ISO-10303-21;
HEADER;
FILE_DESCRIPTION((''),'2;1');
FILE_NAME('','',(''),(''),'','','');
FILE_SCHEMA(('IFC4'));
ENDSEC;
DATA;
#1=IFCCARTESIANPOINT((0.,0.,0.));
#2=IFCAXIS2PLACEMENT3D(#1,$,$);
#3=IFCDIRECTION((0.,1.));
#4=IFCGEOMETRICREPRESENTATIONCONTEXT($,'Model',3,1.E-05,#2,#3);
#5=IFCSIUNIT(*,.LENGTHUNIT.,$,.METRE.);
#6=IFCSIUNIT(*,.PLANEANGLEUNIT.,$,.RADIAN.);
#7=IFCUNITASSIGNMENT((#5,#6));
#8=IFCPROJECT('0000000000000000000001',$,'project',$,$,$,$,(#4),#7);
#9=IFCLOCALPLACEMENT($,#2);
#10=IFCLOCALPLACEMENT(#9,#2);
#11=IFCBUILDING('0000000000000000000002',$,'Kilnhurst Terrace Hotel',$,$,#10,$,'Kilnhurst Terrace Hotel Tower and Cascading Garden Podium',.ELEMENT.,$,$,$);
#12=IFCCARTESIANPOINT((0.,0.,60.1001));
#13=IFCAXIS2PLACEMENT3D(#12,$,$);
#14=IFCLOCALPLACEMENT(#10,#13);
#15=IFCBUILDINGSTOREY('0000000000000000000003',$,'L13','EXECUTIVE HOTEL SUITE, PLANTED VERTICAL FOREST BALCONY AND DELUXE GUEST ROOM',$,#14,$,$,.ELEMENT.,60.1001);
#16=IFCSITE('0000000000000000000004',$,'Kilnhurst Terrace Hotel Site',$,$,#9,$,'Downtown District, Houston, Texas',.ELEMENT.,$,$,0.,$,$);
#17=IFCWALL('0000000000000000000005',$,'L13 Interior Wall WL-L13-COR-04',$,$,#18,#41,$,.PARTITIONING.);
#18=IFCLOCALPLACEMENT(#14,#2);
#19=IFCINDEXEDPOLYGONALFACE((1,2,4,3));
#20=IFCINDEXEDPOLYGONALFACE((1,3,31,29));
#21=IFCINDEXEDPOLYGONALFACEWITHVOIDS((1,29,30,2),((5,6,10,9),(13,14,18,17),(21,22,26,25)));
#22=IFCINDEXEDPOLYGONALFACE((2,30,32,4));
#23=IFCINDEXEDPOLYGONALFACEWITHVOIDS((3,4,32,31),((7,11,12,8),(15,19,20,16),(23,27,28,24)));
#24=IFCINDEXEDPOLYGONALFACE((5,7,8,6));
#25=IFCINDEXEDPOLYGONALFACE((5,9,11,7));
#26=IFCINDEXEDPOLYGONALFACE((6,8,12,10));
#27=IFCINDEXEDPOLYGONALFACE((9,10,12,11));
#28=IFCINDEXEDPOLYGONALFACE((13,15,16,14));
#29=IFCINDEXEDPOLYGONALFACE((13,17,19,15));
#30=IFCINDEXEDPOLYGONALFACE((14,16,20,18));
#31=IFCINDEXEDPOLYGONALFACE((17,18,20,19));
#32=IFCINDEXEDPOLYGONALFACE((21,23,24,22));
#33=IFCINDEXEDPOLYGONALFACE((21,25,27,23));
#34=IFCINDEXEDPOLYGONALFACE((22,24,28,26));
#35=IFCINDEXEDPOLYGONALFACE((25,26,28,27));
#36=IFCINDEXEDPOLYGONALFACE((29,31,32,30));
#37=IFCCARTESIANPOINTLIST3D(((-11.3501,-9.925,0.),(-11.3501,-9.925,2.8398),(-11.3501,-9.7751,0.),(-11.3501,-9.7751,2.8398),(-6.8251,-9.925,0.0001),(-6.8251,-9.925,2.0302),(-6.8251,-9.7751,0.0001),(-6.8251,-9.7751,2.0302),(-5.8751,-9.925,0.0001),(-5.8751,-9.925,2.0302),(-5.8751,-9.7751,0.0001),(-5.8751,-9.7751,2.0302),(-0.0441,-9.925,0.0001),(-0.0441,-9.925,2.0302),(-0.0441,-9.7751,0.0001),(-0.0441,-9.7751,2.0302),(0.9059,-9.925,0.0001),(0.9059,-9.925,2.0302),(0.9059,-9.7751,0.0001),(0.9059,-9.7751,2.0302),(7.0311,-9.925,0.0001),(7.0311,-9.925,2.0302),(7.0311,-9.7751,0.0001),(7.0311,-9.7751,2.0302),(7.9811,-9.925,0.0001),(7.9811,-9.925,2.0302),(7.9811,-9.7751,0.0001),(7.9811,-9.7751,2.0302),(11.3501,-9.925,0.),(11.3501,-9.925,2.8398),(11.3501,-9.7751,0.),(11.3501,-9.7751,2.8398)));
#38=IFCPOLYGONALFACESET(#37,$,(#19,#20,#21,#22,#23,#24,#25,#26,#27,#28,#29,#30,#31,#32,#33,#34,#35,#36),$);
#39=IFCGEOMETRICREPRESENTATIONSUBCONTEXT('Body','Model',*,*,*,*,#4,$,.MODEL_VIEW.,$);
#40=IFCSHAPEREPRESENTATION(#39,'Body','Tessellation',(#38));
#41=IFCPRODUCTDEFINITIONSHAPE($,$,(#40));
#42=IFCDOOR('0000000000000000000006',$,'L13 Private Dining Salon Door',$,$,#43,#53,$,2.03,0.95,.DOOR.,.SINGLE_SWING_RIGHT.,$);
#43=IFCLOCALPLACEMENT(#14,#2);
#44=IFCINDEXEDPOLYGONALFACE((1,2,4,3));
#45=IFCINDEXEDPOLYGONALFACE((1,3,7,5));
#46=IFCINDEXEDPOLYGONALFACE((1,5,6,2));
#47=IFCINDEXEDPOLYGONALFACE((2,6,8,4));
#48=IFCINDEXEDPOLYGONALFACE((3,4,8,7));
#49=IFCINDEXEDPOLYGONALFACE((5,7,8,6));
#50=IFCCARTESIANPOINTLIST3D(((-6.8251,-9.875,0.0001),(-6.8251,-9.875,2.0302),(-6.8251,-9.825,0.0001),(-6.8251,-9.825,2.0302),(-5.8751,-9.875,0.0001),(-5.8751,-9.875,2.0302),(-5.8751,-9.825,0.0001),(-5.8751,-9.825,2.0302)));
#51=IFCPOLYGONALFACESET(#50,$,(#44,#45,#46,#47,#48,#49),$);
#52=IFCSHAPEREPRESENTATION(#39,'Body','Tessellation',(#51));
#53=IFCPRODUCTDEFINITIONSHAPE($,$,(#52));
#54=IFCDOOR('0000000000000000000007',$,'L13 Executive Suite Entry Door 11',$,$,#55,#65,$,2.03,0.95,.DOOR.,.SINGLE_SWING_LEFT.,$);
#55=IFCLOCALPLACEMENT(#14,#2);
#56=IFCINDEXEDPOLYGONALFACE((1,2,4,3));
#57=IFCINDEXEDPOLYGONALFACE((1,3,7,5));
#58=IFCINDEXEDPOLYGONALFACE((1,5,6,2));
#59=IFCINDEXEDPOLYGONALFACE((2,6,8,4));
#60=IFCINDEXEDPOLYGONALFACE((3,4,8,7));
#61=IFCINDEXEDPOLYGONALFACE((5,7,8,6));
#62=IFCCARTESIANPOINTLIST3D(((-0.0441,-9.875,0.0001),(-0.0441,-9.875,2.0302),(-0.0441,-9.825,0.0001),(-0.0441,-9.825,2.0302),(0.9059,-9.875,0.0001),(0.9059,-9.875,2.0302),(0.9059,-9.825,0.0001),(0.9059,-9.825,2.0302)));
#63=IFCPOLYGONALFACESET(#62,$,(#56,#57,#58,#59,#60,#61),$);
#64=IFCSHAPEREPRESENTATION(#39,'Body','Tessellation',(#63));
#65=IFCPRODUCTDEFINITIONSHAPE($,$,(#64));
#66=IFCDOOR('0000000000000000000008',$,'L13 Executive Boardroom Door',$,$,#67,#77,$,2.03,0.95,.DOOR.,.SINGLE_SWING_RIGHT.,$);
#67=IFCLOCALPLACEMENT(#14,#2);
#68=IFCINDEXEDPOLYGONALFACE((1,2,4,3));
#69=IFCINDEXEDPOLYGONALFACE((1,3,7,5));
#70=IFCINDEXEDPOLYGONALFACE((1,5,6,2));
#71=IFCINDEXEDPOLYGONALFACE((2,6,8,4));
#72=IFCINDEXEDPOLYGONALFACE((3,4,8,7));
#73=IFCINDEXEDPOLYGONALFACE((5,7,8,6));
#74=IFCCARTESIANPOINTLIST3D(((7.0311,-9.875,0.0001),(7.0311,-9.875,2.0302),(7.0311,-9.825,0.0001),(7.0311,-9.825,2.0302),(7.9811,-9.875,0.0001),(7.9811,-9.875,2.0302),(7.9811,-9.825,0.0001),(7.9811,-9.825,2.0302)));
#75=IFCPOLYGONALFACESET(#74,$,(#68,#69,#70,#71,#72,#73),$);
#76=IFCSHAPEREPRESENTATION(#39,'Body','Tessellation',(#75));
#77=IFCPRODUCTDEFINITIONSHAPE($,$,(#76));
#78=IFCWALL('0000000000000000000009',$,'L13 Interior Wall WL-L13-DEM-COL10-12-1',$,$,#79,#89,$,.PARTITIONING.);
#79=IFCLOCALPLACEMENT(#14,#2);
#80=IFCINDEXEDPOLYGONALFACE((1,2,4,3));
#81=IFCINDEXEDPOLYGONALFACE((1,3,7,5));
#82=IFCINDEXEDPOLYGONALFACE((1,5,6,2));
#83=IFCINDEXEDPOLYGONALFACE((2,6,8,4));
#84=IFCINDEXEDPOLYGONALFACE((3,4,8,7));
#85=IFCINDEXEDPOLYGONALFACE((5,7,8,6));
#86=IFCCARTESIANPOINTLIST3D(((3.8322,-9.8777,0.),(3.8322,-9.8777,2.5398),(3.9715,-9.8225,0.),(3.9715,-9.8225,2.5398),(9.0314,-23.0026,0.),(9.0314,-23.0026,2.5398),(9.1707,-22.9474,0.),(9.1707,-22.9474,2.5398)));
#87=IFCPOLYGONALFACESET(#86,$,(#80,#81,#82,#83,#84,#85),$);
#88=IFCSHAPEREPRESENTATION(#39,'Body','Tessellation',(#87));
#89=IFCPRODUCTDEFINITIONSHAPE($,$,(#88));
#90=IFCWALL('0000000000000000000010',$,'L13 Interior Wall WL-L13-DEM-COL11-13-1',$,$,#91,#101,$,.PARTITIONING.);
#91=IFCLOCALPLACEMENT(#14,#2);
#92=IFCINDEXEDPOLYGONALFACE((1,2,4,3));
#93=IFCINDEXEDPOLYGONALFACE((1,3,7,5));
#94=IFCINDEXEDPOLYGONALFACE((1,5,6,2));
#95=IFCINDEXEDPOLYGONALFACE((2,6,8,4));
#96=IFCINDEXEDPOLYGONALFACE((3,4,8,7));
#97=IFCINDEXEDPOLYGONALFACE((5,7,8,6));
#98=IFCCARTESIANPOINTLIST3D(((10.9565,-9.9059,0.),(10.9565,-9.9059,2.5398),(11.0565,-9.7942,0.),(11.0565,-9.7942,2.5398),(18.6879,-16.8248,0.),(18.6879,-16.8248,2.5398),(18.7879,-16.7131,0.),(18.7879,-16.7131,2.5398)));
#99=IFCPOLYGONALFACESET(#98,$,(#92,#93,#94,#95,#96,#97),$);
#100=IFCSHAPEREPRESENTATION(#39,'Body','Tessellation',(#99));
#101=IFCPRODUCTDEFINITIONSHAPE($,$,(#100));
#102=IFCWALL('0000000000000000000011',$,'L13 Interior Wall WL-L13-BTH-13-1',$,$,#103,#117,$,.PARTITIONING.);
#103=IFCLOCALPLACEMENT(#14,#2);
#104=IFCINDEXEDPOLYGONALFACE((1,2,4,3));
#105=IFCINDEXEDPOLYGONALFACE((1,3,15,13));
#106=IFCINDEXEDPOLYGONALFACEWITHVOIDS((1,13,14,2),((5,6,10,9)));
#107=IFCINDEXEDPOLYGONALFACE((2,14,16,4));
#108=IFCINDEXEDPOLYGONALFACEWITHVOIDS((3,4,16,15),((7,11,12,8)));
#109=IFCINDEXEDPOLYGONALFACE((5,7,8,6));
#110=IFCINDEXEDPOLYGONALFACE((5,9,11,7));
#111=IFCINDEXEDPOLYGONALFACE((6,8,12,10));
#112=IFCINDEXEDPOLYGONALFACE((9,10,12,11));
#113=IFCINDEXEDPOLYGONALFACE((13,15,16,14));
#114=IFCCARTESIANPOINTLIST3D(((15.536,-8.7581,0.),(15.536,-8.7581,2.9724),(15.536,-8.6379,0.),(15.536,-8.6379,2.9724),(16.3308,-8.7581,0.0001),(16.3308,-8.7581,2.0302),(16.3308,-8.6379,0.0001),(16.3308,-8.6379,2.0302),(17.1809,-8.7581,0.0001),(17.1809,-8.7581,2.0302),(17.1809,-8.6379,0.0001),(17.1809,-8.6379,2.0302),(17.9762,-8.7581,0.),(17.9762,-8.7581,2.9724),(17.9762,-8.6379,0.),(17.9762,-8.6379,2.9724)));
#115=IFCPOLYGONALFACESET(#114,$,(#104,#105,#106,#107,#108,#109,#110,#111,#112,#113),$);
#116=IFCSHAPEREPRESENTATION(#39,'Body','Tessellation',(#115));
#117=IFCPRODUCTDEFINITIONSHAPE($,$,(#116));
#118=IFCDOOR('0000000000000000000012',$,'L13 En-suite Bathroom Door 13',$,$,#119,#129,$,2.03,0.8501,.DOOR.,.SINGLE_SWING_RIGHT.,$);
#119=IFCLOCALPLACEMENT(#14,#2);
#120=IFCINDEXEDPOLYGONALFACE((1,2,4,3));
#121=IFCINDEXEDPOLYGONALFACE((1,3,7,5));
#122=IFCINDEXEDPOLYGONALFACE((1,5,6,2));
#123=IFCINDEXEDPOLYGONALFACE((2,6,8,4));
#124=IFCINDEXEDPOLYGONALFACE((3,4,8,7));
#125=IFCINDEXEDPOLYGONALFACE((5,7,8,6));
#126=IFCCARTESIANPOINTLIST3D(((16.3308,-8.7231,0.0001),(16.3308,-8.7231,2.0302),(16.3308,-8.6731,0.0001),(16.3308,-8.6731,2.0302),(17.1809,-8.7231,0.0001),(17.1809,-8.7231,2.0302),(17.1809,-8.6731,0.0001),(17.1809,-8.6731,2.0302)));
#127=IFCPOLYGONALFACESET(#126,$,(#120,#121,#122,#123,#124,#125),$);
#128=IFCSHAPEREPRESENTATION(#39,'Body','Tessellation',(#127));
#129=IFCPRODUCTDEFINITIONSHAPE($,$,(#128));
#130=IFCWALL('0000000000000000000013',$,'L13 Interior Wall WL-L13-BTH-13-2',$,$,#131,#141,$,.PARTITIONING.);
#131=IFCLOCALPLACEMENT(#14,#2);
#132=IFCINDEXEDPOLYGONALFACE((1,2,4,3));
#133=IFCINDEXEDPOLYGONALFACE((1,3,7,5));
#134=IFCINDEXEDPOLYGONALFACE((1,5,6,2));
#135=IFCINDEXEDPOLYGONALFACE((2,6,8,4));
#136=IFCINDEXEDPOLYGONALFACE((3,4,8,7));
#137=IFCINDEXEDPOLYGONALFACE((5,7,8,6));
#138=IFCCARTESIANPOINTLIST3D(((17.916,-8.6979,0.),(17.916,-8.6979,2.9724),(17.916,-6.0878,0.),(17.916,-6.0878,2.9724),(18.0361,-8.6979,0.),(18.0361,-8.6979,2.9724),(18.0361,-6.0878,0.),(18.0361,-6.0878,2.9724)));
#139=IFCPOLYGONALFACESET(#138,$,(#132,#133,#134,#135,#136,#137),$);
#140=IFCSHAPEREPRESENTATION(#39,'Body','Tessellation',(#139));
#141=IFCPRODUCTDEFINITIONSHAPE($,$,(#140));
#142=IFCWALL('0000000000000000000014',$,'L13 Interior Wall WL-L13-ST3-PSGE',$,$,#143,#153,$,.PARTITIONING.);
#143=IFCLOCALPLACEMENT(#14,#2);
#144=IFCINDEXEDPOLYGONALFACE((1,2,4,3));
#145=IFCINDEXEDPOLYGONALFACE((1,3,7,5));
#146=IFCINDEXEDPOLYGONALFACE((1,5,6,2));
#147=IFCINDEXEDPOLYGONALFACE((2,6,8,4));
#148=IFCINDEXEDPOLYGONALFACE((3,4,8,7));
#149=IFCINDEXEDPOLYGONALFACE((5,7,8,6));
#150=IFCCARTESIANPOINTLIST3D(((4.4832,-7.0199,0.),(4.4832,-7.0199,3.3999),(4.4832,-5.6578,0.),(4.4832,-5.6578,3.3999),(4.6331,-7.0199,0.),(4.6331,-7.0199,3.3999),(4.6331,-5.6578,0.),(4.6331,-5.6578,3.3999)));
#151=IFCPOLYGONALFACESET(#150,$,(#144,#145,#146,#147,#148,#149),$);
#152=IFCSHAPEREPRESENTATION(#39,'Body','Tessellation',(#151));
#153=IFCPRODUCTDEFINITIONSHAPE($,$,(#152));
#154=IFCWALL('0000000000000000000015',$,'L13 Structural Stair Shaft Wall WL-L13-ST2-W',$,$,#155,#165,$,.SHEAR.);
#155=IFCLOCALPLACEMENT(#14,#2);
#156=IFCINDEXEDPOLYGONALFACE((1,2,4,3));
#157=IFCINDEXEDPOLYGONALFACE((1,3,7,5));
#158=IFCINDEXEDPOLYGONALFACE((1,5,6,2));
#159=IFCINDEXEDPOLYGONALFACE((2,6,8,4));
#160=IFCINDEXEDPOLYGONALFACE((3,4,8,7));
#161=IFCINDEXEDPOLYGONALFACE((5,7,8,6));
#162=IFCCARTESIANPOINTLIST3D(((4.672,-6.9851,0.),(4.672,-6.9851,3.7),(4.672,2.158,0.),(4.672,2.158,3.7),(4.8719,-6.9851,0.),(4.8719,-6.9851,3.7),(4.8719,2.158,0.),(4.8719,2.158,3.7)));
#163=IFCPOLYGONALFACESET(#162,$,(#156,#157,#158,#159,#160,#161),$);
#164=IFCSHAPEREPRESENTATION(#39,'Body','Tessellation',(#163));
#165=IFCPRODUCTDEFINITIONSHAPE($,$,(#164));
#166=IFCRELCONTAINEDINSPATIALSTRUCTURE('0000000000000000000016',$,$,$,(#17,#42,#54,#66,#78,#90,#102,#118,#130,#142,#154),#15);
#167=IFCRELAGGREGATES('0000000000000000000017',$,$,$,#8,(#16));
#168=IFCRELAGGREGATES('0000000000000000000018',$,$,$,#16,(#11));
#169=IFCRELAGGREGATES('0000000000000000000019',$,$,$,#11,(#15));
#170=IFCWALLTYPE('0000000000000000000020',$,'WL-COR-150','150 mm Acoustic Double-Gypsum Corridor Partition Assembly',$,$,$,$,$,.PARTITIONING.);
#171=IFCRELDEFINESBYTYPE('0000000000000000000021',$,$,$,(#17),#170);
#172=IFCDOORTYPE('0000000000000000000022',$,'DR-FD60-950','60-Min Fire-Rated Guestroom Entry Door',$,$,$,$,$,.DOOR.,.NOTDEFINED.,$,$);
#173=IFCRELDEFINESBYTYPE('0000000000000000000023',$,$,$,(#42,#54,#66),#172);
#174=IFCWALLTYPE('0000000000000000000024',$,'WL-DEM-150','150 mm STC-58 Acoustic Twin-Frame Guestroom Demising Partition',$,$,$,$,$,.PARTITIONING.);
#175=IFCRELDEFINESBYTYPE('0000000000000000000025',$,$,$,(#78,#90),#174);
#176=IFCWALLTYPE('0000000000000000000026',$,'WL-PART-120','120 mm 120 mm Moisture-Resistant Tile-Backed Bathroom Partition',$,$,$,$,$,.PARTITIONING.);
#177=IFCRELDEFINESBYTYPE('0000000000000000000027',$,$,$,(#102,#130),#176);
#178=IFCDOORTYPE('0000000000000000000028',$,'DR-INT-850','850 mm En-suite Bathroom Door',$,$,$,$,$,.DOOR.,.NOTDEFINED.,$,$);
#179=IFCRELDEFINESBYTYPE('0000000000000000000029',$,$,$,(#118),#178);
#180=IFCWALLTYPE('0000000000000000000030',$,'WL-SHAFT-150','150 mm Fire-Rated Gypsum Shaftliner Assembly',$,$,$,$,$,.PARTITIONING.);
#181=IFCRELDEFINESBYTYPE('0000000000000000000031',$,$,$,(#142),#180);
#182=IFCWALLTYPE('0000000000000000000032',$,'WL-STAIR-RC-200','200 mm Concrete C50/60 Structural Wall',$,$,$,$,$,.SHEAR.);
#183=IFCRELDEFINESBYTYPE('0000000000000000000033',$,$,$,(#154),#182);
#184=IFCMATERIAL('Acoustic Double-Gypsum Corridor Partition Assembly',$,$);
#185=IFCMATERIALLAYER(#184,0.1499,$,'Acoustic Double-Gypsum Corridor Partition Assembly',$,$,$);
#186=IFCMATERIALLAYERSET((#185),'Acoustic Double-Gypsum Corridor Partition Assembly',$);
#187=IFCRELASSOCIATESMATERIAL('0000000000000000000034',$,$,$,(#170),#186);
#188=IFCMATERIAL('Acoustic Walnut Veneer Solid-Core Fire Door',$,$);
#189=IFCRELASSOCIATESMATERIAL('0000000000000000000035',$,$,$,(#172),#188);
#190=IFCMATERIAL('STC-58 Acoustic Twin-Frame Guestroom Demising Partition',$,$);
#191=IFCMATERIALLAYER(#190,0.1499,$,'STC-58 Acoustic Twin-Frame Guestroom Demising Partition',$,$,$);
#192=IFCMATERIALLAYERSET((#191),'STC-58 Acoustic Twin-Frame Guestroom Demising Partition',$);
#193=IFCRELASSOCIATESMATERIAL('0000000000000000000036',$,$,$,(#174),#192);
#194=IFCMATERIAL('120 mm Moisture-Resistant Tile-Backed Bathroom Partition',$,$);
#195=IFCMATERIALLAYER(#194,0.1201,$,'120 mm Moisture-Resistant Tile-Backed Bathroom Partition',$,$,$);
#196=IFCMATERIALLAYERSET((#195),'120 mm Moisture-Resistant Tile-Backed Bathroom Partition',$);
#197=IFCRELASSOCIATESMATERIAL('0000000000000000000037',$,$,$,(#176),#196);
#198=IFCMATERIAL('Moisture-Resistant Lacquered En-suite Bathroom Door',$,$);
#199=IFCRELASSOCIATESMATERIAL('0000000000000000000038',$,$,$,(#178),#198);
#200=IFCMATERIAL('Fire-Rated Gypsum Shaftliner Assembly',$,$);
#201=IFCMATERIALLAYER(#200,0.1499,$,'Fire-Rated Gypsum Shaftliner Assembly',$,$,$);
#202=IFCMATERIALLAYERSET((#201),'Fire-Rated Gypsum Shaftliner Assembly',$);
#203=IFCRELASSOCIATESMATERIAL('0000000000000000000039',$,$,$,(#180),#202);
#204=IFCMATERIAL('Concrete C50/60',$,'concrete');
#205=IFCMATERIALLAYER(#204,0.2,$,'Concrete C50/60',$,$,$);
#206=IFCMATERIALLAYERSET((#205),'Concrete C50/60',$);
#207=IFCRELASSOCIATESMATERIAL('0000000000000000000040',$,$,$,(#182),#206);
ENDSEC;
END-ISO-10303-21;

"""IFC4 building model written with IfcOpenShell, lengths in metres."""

from ifc_helpers import new_model, si_unit, direction, frame, frame_2d, origin, place, context, subcontext, project, spatial, rectangle, extrude, material, layer, layer_set, type_object, element, fill, save


model = new_model("IFC4")

# Units and contexts
model_context = context("Model", 3, precision=1e-05, world=origin(), true_north=direction((0.0, 1.0)))
body_context = subcontext(model_context, "Body", "Model", "MODEL_VIEW")
ifc_project = project(units=[si_unit("LENGTHUNIT", "METRE"), si_unit("PLANEANGLEUNIT", "RADIAN")], contexts=[model_context])

# Site, building, storey
site_placement = place(None, origin())
site = spatial("IfcSite", under=ifc_project, at=site_placement, Name="Kilnhurst Terrace Hotel Site", LongName="Downtown District, Houston, Texas", CompositionType="ELEMENT", RefElevation=0.0)
building_placement = place(site_placement, origin())
building = spatial("IfcBuilding", under=site, at=building_placement, Name="Kilnhurst Terrace Hotel", LongName="Kilnhurst Terrace Hotel Tower and Cascading Garden Podium", CompositionType="ELEMENT")
storey_placement = place(building_placement, frame((0.0, 0.0, 60.1001)))
storey = spatial("IfcBuildingStorey", under=building, at=storey_placement, Name="L13", Description="EXECUTIVE HOTEL SUITE, PLANTED VERTICAL FOREST BALCONY AND DELUXE GUEST ROOM", CompositionType="ELEMENT", Elevation=60.1001)

# Shared definitions
ifc_material_1 = material(Name="Concrete C50/60", Category="concrete")

# Wall, openings, doors
ifc_material_2 = material(Name="Acoustic Double-Gypsum Corridor Partition Assembly")
ifc_layer_1 = layer(ifc_material_2, 0.1499, Name="Acoustic Double-Gypsum Corridor Partition Assembly")
ifc_layer_set_1 = layer_set([ifc_layer_1], Name="Acoustic Double-Gypsum Corridor Partition Assembly")
wall_type_1 = type_object("IfcWallType", Name="WL-COR-150", Description="150 mm Acoustic Double-Gypsum Corridor Partition Assembly", PredefinedType="PARTITIONING", material=ifc_layer_set_1)
wall_1_placement = place(storey_placement, frame((11.3501, -9.8501, 0.0), z_axis=(0.0, 0.0, 1.0), x_axis=(-1.0, 0.0, 0.0)))
wall_1 = element("IfcWall", 1, at=wall_1_placement, inside=storey, type_object=wall_type_1, Name="L13 Interior Wall WL-L13-COR-04", PredefinedType="PARTITIONING", context=body_context, shape_type="SweptSolid", body=[
    extrude(rectangle(XDim=22.7002, YDim=0.1499, at=frame_2d((11.3501, 0.0))), origin(), (0.0, 0.0, 1.0), 2.8398),
])
opening_1_placement = place(wall_1_placement, frame((17.2251, 0.0, 0.0)))
opening_1 = element("IfcOpeningElement", 2, at=opening_1_placement, cuts=wall_1, PredefinedType="OPENING", context=body_context, shape_type="SweptSolid", body=[
    extrude(rectangle(XDim=0.95, YDim=2.03, at=frame_2d((0.4751, 1.0151))), frame((0.0, 0.085, 0.0), z_axis=(0.0, -1.0, 0.0), x_axis=(1.0, 0.0, 0.0)), (0.0, 0.0, 1.0), 0.1699),
])
opening_2_placement = place(wall_1_placement, frame((10.4441, 0.0, 0.0)))
opening_2 = element("IfcOpeningElement", 3, at=opening_2_placement, cuts=wall_1, PredefinedType="OPENING", context=body_context, shape_type="SweptSolid", body=[
    extrude(rectangle(XDim=0.95, YDim=2.03, at=frame_2d((0.4751, 1.0151))), frame((0.0, 0.085, 0.0), z_axis=(0.0, -1.0, 0.0), x_axis=(1.0, 0.0, 0.0)), (0.0, 0.0, 1.0), 0.1699),
])
opening_3_placement = place(wall_1_placement, frame((3.3689, 0.0, 0.0)))
opening_3 = element("IfcOpeningElement", 4, at=opening_3_placement, cuts=wall_1, PredefinedType="OPENING", context=body_context, shape_type="SweptSolid", body=[
    extrude(rectangle(XDim=0.95, YDim=2.03, at=frame_2d((0.4751, 1.0151))), frame((0.0, 0.085, 0.0), z_axis=(0.0, -1.0, 0.0), x_axis=(1.0, 0.0, 0.0)), (0.0, 0.0, 1.0), 0.1699),
])
ifc_material_3 = material(Name="Acoustic Walnut Veneer Solid-Core Fire Door")
door_type_1 = type_object("IfcDoorType", Name="DR-FD60-950", Description="60-Min Fire-Rated Guestroom Entry Door", OperationType="NOTDEFINED", PredefinedType="DOOR", material=ifc_material_3)
door_1_placement = place(opening_1_placement, origin())
door_1 = element("IfcDoor", 5, at=door_1_placement, inside=storey, type_object=door_type_1, Name="L13 Private Dining Salon Door", OperationType="SINGLE_SWING_RIGHT", OverallHeight=2.03, OverallWidth=0.95, PredefinedType="DOOR", context=body_context, shape_type="SweptSolid", body=[
    extrude(rectangle(XDim=0.95, YDim=2.03, at=frame_2d((0.4751, 1.0151))), frame((0.0, 0.0249, 0.0), z_axis=(0.0, -1.0, 0.0), x_axis=(1.0, 0.0, 0.0)), (0.0, 0.0, 1.0), 0.05),
])
fill(opening_1, door_1)
door_2_placement = place(opening_2_placement, origin())
door_2 = element("IfcDoor", 6, at=door_2_placement, inside=storey, type_object=door_type_1, Name="L13 Executive Suite Entry Door 11", OperationType="SINGLE_SWING_LEFT", OverallHeight=2.03, OverallWidth=0.95, PredefinedType="DOOR", context=body_context, shape_type="SweptSolid", body=[
    extrude(rectangle(XDim=0.95, YDim=2.03, at=frame_2d((0.4751, 1.0151))), frame((0.0, 0.0249, 0.0), z_axis=(0.0, -1.0, 0.0), x_axis=(1.0, 0.0, 0.0)), (0.0, 0.0, 1.0), 0.05),
])
fill(opening_2, door_2)
door_3_placement = place(opening_3_placement, origin())
door_3 = element("IfcDoor", 7, at=door_3_placement, inside=storey, type_object=door_type_1, Name="L13 Executive Boardroom Door", OperationType="SINGLE_SWING_RIGHT", OverallHeight=2.03, OverallWidth=0.95, PredefinedType="DOOR", context=body_context, shape_type="SweptSolid", body=[
    extrude(rectangle(XDim=0.95, YDim=2.03, at=frame_2d((0.4751, 1.0151))), frame((0.0, 0.0249, 0.0), z_axis=(0.0, -1.0, 0.0), x_axis=(1.0, 0.0, 0.0)), (0.0, 0.0, 1.0), 0.05),
])
fill(opening_3, door_3)

# Walls
ifc_material_4 = material(Name="STC-58 Acoustic Twin-Frame Guestroom Demising Partition")
ifc_layer_2 = layer(ifc_material_4, 0.1499, Name="STC-58 Acoustic Twin-Frame Guestroom Demising Partition")
ifc_layer_set_2 = layer_set([ifc_layer_2], Name="STC-58 Acoustic Twin-Frame Guestroom Demising Partition")
wall_type_2 = type_object("IfcWallType", Name="WL-DEM-150", Description="150 mm STC-58 Acoustic Twin-Frame Guestroom Demising Partition", PredefinedType="PARTITIONING", material=ifc_layer_set_2)
wall_2_placement = place(storey_placement, frame((3.9019, -9.8501, 0.0), z_axis=(0.0, 0.0, 1.0), x_axis=(0.368288, -0.929712, 0.0)))
element("IfcWall", 8, at=wall_2_placement, inside=storey, type_object=wall_type_2, Name="L13 Interior Wall WL-L13-DEM-COL10-12-1", PredefinedType="PARTITIONING", context=body_context, shape_type="SweptSolid", body=[
    extrude(rectangle(XDim=14.1172, YDim=0.1499, at=frame_2d((7.0586, 0.0))), origin(), (0.0, 0.0, 1.0), 2.5398),
])
wall_3_placement = place(storey_placement, frame((11.0066, -9.8501, 0.0), z_axis=(0.0, 0.0, 1.0), x_axis=(0.745177, -0.666866, 0.0)))
element("IfcWall", 9, at=wall_3_placement, inside=storey, type_object=wall_type_2, Name="L13 Interior Wall WL-L13-DEM-COL11-13-1", PredefinedType="PARTITIONING", context=body_context, shape_type="SweptSolid", body=[
    extrude(rectangle(XDim=10.3752, YDim=0.1499, at=frame_2d((5.1875, 0.0))), origin(), (0.0, 0.0, 1.0), 2.5398),
])

# Wall, opening, door
ifc_material_5 = material(Name="120 mm Moisture-Resistant Tile-Backed Bathroom Partition")
ifc_layer_3 = layer(ifc_material_5, 0.1201, Name="120 mm Moisture-Resistant Tile-Backed Bathroom Partition")
ifc_layer_set_3 = layer_set([ifc_layer_3], Name="120 mm Moisture-Resistant Tile-Backed Bathroom Partition")
wall_type_3 = type_object("IfcWallType", Name="WL-PART-120", Description="120 mm 120 mm Moisture-Resistant Tile-Backed Bathroom Partition", PredefinedType="PARTITIONING", material=ifc_layer_set_3)
wall_4_placement = place(storey_placement, frame((15.5359, -8.698, 0.0), z_axis=(0.0, 0.0, 1.0), x_axis=(1.0, 0.0, 0.0)))
wall_4 = element("IfcWall", 10, at=wall_4_placement, inside=storey, type_object=wall_type_3, Name="L13 Interior Wall WL-L13-BTH-13-1", PredefinedType="PARTITIONING", context=body_context, shape_type="SweptSolid", body=[
    extrude(rectangle(XDim=2.4402, YDim=0.1201, at=frame_2d((1.2202, 0.0))), origin(), (0.0, 0.0, 1.0), 2.9724),
])
opening_4_placement = place(wall_4_placement, frame((0.7949, 0.0, 0.0)))
opening_4 = element("IfcOpeningElement", 11, at=opening_4_placement, cuts=wall_4, PredefinedType="OPENING", context=body_context, shape_type="SweptSolid", body=[
    extrude(rectangle(XDim=0.8501, YDim=2.03, at=frame_2d((0.425, 1.0151))), frame((0.0, 0.0701, 0.0), z_axis=(0.0, -1.0, 0.0), x_axis=(1.0, 0.0, 0.0)), (0.0, 0.0, 1.0), 0.1401),
])
ifc_material_6 = material(Name="Moisture-Resistant Lacquered En-suite Bathroom Door")
door_type_2 = type_object("IfcDoorType", Name="DR-INT-850", Description="850 mm En-suite Bathroom Door", OperationType="NOTDEFINED", PredefinedType="DOOR", material=ifc_material_6)
door_4_placement = place(opening_4_placement, origin())
door_4 = element("IfcDoor", 12, at=door_4_placement, inside=storey, type_object=door_type_2, Name="L13 En-suite Bathroom Door 13", OperationType="SINGLE_SWING_RIGHT", OverallHeight=2.03, OverallWidth=0.8501, PredefinedType="DOOR", context=body_context, shape_type="SweptSolid", body=[
    extrude(rectangle(XDim=0.8501, YDim=2.03, at=frame_2d((0.425, 1.0151))), frame((0.0, 0.0249, 0.0), z_axis=(0.0, -1.0, 0.0), x_axis=(1.0, 0.0, 0.0)), (0.0, 0.0, 1.0), 0.05),
])
fill(opening_4, door_4)

# Walls
wall_5_placement = place(storey_placement, frame((17.9761, -8.698, 0.0), z_axis=(0.0, 0.0, 1.0), x_axis=(0.0, 1.0, 0.0)))
element("IfcWall", 13, at=wall_5_placement, inside=storey, type_object=wall_type_3, Name="L13 Interior Wall WL-L13-BTH-13-2", PredefinedType="PARTITIONING", context=body_context, shape_type="SweptSolid", body=[
    extrude(rectangle(XDim=2.6101, YDim=0.1201, at=frame_2d((1.3052, 0.0))), origin(), (0.0, 0.0, 1.0), 2.9724),
])
ifc_material_7 = material(Name="Fire-Rated Gypsum Shaftliner Assembly")
ifc_layer_4 = layer(ifc_material_7, 0.1499, Name="Fire-Rated Gypsum Shaftliner Assembly")
ifc_layer_set_4 = layer_set([ifc_layer_4], Name="Fire-Rated Gypsum Shaftliner Assembly")
wall_type_4 = type_object("IfcWallType", Name="WL-SHAFT-150", Description="150 mm Fire-Rated Gypsum Shaftliner Assembly", PredefinedType="PARTITIONING", material=ifc_layer_set_4)
wall_6_placement = place(storey_placement, frame((4.5581, -7.02, 0.0), z_axis=(0.0, 0.0, 1.0), x_axis=(0.0, 1.0, 0.0)))
element("IfcWall", 14, at=wall_6_placement, inside=storey, type_object=wall_type_4, Name="L13 Interior Wall WL-L13-ST3-PSGE", PredefinedType="PARTITIONING", context=body_context, shape_type="SweptSolid", body=[
    extrude(rectangle(XDim=1.3621, YDim=0.1499, at=frame_2d((0.6812, 0.0))), origin(), (0.0, 0.0, 1.0), 3.3999),
])
ifc_layer_5 = layer(ifc_material_1, 0.2, Name="Concrete C50/60")
ifc_layer_set_5 = layer_set([ifc_layer_5], Name="Concrete C50/60")
wall_type_5 = type_object("IfcWallType", Name="WL-STAIR-RC-200", Description="200 mm Concrete C50/60 Structural Wall", PredefinedType="SHEAR", material=ifc_layer_set_5)
wall_7_placement = place(storey_placement, frame((4.772, -6.9851, 0.0), z_axis=(0.0, 0.0, 1.0), x_axis=(0.0, 1.0, 0.0)))
element("IfcWall", 15, at=wall_7_placement, inside=storey, type_object=wall_type_5, Name="L13 Structural Stair Shaft Wall WL-L13-ST2-W", PredefinedType="SHEAR", context=body_context, shape_type="SweptSolid", body=[
    extrude(rectangle(XDim=9.1431, YDim=0.2, at=frame_2d((4.5715, 0.0))), origin(), (0.0, 0.0, 1.0), 3.7),
])

save(model, "model.ifc")
